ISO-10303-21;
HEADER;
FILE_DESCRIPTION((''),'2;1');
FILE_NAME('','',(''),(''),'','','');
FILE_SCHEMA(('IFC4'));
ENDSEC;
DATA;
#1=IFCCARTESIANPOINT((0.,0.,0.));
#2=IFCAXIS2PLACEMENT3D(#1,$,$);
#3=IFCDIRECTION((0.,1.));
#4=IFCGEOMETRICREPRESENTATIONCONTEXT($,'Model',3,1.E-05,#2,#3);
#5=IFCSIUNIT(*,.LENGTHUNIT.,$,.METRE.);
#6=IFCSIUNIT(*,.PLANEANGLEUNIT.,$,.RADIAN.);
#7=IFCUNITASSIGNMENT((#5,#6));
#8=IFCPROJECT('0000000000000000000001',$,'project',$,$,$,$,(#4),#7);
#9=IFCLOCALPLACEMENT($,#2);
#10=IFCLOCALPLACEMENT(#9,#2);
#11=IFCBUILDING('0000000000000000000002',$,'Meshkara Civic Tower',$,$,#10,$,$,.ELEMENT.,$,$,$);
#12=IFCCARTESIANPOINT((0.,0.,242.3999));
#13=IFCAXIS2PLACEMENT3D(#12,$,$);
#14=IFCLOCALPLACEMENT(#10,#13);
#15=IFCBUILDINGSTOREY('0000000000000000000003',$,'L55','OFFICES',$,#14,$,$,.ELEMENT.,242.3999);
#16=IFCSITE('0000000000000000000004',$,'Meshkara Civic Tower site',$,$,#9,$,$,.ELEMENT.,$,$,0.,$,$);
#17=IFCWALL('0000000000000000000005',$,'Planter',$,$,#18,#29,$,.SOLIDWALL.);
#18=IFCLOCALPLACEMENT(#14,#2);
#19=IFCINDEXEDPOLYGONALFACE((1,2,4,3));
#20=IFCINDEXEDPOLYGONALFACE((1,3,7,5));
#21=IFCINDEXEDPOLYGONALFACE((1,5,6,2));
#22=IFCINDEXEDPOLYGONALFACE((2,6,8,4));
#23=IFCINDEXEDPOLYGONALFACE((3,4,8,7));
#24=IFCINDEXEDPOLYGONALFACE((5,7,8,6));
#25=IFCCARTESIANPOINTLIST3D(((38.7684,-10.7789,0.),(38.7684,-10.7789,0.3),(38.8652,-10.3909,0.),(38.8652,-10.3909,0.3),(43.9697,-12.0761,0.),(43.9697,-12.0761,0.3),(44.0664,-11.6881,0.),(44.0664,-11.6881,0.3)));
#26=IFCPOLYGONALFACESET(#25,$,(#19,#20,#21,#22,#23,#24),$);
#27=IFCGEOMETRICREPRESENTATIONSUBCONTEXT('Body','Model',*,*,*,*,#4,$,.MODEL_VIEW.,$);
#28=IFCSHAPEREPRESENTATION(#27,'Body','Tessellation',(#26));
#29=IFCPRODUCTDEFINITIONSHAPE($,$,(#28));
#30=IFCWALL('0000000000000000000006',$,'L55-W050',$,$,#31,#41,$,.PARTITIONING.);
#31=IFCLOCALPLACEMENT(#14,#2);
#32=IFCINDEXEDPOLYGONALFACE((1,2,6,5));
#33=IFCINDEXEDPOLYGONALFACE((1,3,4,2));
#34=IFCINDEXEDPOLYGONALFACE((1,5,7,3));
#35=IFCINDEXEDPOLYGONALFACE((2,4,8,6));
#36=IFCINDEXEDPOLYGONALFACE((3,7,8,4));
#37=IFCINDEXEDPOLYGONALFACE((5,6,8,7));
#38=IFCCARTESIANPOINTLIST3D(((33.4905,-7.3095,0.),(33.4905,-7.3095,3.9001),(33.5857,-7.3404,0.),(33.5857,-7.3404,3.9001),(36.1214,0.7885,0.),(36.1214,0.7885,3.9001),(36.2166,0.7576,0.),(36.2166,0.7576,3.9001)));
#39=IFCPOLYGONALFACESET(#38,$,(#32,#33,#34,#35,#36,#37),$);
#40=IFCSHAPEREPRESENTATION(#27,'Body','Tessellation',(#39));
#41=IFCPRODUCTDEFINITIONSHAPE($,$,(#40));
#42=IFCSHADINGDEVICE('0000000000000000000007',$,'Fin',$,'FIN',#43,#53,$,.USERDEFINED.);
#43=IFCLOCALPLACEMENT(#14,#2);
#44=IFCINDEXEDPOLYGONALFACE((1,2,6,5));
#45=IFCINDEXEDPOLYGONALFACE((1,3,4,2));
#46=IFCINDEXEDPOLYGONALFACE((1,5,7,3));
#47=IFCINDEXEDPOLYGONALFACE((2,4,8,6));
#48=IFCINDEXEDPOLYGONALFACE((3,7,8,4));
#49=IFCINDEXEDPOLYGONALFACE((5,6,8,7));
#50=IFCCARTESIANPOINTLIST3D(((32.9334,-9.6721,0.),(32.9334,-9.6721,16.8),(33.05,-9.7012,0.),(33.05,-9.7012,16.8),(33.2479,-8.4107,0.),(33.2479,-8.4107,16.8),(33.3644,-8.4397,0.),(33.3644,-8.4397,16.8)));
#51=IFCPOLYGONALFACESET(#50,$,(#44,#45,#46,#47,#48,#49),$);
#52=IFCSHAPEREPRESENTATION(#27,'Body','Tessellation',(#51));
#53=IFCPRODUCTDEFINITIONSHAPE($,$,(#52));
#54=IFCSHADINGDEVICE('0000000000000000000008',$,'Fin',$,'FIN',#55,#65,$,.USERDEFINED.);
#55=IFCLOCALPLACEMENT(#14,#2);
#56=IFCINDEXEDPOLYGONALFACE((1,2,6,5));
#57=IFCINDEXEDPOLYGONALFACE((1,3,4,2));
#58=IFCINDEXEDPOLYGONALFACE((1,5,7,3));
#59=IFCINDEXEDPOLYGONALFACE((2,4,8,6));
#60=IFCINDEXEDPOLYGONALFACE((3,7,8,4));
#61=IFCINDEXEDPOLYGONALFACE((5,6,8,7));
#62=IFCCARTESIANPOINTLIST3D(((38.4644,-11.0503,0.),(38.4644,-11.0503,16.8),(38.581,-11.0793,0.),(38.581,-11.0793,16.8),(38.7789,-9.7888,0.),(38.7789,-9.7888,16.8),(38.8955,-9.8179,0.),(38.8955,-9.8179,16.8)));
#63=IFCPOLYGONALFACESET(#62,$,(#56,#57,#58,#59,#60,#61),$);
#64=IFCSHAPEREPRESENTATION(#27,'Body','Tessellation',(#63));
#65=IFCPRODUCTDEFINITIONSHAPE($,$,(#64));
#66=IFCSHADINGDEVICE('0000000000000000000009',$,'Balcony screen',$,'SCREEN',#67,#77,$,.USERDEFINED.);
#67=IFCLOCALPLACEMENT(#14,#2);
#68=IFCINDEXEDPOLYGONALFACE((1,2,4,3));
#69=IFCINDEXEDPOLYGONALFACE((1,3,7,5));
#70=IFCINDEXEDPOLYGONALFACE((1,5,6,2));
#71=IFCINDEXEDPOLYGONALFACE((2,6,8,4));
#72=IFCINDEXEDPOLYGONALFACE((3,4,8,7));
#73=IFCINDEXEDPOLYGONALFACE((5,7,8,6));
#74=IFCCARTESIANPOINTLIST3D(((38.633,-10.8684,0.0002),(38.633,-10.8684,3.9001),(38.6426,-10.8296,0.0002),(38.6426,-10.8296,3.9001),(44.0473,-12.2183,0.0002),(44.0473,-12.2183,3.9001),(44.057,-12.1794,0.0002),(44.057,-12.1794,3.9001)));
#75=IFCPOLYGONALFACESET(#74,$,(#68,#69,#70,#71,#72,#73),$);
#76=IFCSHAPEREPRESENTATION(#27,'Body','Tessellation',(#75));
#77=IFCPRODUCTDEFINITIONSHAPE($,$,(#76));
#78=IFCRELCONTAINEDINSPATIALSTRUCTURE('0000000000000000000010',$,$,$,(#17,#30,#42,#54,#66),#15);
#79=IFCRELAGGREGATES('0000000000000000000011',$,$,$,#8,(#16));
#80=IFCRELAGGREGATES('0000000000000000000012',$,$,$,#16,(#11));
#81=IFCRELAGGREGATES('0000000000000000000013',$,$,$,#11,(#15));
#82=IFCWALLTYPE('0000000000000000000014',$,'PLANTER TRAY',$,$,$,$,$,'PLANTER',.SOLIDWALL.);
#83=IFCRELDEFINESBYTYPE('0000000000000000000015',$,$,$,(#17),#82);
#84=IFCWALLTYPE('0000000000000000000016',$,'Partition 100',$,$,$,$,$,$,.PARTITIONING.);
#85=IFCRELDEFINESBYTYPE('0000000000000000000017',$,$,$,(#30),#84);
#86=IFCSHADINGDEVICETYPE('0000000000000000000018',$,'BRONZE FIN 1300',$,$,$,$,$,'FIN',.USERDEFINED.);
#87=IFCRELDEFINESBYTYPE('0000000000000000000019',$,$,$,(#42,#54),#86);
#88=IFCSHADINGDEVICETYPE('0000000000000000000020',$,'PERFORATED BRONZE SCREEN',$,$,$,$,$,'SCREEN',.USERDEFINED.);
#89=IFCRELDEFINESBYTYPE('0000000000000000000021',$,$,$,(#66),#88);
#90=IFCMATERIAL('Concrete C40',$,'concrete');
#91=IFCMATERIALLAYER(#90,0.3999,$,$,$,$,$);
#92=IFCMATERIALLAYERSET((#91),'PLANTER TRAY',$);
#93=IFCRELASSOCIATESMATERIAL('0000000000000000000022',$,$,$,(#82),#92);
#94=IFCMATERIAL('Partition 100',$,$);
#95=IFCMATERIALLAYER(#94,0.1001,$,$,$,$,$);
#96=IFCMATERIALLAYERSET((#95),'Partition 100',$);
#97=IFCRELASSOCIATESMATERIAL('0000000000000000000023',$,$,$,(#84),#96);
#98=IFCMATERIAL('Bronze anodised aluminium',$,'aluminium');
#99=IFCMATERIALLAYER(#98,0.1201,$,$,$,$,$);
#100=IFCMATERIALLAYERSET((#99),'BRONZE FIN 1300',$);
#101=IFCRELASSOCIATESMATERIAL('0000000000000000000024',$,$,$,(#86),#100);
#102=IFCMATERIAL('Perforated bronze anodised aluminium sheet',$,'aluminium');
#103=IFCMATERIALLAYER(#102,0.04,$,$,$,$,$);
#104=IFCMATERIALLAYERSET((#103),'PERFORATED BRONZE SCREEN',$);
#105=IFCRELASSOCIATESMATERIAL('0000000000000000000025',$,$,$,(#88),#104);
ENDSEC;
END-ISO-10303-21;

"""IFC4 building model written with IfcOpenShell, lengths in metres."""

from ifc_helpers import new_model, si_unit, direction, frame, frame_2d, origin, origin_2d, place, context, subcontext, project, spatial, rectangle, extrude, material, layer, layer_set, type_object, element, save


model = new_model("IFC4")

# Units and contexts
model_context = context("Model", 3, precision=1e-05, world=origin(), true_north=direction((0.0, 1.0)))
body_context = subcontext(model_context, "Body", "Model", "MODEL_VIEW")
ifc_project = project(units=[si_unit("LENGTHUNIT", "METRE"), si_unit("PLANEANGLEUNIT", "RADIAN")], contexts=[model_context])

# Site, building, storey
site_placement = place(None, origin())
site = spatial("IfcSite", under=ifc_project, at=site_placement, Name="Meshkara Civic Tower site", CompositionType="ELEMENT", RefElevation=0.0)
building_placement = place(site_placement, origin())
building = spatial("IfcBuilding", under=site, at=building_placement, Name="Meshkara Civic Tower", CompositionType="ELEMENT")
storey_placement = place(building_placement, frame((0.0, 0.0, 242.3999)))
storey = spatial("IfcBuildingStorey", under=building, at=storey_placement, Name="L55", Description="OFFICES", CompositionType="ELEMENT", Elevation=242.3999)

# Walls
ifc_material_1 = material(Name="Concrete C40", Category="concrete")
ifc_layer_1 = layer(ifc_material_1, 0.3999)
ifc_layer_set_1 = layer_set([ifc_layer_1], Name="PLANTER TRAY")
wall_type_1 = type_object("IfcWallType", Name="PLANTER TRAY", ElementType="PLANTER", PredefinedType="SOLIDWALL", material=ifc_layer_set_1)
wall_1_placement = place(storey_placement, frame((38.8169, -10.585, 0.0), z_axis=(0.0, 0.0, 1.0), x_axis=(0.970282, -0.241978, 0.0)))
element("IfcWall", 1, at=wall_1_placement, inside=storey, type_object=wall_type_1, Name="Planter", PredefinedType="SOLIDWALL", context=body_context, shape_type="SweptSolid", body=[
    extrude(rectangle(XDim=5.3606, YDim=0.3999, at=frame_2d((2.6802, 0.0))), origin(), (0.0, 0.0, 1.0), 0.3),
])
ifc_material_2 = material(Name="Partition 100")
ifc_layer_2 = layer(ifc_material_2, 0.1001)
ifc_layer_set_2 = layer_set([ifc_layer_2], Name="Partition 100")
wall_type_2 = type_object("IfcWallType", Name="Partition 100", PredefinedType="PARTITIONING", material=ifc_layer_set_2)
wall_2_placement = place(storey_placement, frame((33.5381, -7.325, 0.0), z_axis=(0.0, 0.0, 1.0), x_axis=(0.308984, 0.951067, 0.0)))
element("IfcWall", 2, at=wall_2_placement, inside=storey, type_object=wall_type_2, Name="L55-W050", PredefinedType="PARTITIONING", context=body_context, shape_type="SweptSolid", body=[
    extrude(rectangle(XDim=8.5146, YDim=0.1001, at=frame_2d((4.2573, 0.0))), origin(), (0.0, 0.0, 1.0), 3.9001),
])

# Shading devices
ifc_material_3 = material(Name="Bronze anodised aluminium", Category="aluminium")
ifc_layer_3 = layer(ifc_material_3, 0.1201)
ifc_layer_set_3 = layer_set([ifc_layer_3], Name="BRONZE FIN 1300")
shading_device_type_1 = type_object("IfcShadingDeviceType", Name="BRONZE FIN 1300", ElementType="FIN", PredefinedType="USERDEFINED", material=ifc_layer_set_3)
for number, where, z_axis, x_axis, name in (
    (3, (33.1489, -9.0559, 0.0), (0.0, 0.0, 1.0), (0.9703, -0.241905, 0.0), "Fin"),
    (4, (38.6799, -10.4341, 0.0), (0.0, 0.0, 1.0), (0.9703, -0.241905, 0.0), "Fin"),
):
    element("IfcShadingDevice", number, at=place(storey_placement, frame(where, z_axis=z_axis, x_axis=x_axis)), inside=storey, type_object=shading_device_type_1, Name=name, ObjectType="FIN", PredefinedType="USERDEFINED", context=body_context, shape_type="SweptSolid", body=[
        extrude(rectangle(XDim=0.1201, YDim=1.3, at=origin_2d()), origin(), (0.0, 0.0, 1.0), 16.8),
    ])
ifc_material_4 = material(Name="Perforated bronze anodised aluminium sheet", Category="aluminium")
ifc_layer_4 = layer(ifc_material_4, 0.04)
ifc_layer_set_4 = layer_set([ifc_layer_4], Name="PERFORATED BRONZE SCREEN")
shading_device_type_2 = type_object("IfcShadingDeviceType", Name="PERFORATED BRONZE SCREEN", ElementType="SCREEN", PredefinedType="USERDEFINED", material=ifc_layer_set_4)
shading_device_placement = place(storey_placement, frame((41.345, -11.5239, 0.0002), z_axis=(0.0, 0.0, 1.0), x_axis=(0.9703, -0.241905, 0.0)))
element("IfcShadingDevice", 5, at=shading_device_placement, inside=storey, type_object=shading_device_type_2, Name="Balcony screen", ObjectType="SCREEN", PredefinedType="USERDEFINED", context=body_context, shape_type="SweptSolid", body=[
    extrude(rectangle(XDim=5.5801, YDim=0.04, at=origin_2d()), origin(), (0.0, 0.0, 1.0), 3.8999),
])

save(model, "model.ifc")
